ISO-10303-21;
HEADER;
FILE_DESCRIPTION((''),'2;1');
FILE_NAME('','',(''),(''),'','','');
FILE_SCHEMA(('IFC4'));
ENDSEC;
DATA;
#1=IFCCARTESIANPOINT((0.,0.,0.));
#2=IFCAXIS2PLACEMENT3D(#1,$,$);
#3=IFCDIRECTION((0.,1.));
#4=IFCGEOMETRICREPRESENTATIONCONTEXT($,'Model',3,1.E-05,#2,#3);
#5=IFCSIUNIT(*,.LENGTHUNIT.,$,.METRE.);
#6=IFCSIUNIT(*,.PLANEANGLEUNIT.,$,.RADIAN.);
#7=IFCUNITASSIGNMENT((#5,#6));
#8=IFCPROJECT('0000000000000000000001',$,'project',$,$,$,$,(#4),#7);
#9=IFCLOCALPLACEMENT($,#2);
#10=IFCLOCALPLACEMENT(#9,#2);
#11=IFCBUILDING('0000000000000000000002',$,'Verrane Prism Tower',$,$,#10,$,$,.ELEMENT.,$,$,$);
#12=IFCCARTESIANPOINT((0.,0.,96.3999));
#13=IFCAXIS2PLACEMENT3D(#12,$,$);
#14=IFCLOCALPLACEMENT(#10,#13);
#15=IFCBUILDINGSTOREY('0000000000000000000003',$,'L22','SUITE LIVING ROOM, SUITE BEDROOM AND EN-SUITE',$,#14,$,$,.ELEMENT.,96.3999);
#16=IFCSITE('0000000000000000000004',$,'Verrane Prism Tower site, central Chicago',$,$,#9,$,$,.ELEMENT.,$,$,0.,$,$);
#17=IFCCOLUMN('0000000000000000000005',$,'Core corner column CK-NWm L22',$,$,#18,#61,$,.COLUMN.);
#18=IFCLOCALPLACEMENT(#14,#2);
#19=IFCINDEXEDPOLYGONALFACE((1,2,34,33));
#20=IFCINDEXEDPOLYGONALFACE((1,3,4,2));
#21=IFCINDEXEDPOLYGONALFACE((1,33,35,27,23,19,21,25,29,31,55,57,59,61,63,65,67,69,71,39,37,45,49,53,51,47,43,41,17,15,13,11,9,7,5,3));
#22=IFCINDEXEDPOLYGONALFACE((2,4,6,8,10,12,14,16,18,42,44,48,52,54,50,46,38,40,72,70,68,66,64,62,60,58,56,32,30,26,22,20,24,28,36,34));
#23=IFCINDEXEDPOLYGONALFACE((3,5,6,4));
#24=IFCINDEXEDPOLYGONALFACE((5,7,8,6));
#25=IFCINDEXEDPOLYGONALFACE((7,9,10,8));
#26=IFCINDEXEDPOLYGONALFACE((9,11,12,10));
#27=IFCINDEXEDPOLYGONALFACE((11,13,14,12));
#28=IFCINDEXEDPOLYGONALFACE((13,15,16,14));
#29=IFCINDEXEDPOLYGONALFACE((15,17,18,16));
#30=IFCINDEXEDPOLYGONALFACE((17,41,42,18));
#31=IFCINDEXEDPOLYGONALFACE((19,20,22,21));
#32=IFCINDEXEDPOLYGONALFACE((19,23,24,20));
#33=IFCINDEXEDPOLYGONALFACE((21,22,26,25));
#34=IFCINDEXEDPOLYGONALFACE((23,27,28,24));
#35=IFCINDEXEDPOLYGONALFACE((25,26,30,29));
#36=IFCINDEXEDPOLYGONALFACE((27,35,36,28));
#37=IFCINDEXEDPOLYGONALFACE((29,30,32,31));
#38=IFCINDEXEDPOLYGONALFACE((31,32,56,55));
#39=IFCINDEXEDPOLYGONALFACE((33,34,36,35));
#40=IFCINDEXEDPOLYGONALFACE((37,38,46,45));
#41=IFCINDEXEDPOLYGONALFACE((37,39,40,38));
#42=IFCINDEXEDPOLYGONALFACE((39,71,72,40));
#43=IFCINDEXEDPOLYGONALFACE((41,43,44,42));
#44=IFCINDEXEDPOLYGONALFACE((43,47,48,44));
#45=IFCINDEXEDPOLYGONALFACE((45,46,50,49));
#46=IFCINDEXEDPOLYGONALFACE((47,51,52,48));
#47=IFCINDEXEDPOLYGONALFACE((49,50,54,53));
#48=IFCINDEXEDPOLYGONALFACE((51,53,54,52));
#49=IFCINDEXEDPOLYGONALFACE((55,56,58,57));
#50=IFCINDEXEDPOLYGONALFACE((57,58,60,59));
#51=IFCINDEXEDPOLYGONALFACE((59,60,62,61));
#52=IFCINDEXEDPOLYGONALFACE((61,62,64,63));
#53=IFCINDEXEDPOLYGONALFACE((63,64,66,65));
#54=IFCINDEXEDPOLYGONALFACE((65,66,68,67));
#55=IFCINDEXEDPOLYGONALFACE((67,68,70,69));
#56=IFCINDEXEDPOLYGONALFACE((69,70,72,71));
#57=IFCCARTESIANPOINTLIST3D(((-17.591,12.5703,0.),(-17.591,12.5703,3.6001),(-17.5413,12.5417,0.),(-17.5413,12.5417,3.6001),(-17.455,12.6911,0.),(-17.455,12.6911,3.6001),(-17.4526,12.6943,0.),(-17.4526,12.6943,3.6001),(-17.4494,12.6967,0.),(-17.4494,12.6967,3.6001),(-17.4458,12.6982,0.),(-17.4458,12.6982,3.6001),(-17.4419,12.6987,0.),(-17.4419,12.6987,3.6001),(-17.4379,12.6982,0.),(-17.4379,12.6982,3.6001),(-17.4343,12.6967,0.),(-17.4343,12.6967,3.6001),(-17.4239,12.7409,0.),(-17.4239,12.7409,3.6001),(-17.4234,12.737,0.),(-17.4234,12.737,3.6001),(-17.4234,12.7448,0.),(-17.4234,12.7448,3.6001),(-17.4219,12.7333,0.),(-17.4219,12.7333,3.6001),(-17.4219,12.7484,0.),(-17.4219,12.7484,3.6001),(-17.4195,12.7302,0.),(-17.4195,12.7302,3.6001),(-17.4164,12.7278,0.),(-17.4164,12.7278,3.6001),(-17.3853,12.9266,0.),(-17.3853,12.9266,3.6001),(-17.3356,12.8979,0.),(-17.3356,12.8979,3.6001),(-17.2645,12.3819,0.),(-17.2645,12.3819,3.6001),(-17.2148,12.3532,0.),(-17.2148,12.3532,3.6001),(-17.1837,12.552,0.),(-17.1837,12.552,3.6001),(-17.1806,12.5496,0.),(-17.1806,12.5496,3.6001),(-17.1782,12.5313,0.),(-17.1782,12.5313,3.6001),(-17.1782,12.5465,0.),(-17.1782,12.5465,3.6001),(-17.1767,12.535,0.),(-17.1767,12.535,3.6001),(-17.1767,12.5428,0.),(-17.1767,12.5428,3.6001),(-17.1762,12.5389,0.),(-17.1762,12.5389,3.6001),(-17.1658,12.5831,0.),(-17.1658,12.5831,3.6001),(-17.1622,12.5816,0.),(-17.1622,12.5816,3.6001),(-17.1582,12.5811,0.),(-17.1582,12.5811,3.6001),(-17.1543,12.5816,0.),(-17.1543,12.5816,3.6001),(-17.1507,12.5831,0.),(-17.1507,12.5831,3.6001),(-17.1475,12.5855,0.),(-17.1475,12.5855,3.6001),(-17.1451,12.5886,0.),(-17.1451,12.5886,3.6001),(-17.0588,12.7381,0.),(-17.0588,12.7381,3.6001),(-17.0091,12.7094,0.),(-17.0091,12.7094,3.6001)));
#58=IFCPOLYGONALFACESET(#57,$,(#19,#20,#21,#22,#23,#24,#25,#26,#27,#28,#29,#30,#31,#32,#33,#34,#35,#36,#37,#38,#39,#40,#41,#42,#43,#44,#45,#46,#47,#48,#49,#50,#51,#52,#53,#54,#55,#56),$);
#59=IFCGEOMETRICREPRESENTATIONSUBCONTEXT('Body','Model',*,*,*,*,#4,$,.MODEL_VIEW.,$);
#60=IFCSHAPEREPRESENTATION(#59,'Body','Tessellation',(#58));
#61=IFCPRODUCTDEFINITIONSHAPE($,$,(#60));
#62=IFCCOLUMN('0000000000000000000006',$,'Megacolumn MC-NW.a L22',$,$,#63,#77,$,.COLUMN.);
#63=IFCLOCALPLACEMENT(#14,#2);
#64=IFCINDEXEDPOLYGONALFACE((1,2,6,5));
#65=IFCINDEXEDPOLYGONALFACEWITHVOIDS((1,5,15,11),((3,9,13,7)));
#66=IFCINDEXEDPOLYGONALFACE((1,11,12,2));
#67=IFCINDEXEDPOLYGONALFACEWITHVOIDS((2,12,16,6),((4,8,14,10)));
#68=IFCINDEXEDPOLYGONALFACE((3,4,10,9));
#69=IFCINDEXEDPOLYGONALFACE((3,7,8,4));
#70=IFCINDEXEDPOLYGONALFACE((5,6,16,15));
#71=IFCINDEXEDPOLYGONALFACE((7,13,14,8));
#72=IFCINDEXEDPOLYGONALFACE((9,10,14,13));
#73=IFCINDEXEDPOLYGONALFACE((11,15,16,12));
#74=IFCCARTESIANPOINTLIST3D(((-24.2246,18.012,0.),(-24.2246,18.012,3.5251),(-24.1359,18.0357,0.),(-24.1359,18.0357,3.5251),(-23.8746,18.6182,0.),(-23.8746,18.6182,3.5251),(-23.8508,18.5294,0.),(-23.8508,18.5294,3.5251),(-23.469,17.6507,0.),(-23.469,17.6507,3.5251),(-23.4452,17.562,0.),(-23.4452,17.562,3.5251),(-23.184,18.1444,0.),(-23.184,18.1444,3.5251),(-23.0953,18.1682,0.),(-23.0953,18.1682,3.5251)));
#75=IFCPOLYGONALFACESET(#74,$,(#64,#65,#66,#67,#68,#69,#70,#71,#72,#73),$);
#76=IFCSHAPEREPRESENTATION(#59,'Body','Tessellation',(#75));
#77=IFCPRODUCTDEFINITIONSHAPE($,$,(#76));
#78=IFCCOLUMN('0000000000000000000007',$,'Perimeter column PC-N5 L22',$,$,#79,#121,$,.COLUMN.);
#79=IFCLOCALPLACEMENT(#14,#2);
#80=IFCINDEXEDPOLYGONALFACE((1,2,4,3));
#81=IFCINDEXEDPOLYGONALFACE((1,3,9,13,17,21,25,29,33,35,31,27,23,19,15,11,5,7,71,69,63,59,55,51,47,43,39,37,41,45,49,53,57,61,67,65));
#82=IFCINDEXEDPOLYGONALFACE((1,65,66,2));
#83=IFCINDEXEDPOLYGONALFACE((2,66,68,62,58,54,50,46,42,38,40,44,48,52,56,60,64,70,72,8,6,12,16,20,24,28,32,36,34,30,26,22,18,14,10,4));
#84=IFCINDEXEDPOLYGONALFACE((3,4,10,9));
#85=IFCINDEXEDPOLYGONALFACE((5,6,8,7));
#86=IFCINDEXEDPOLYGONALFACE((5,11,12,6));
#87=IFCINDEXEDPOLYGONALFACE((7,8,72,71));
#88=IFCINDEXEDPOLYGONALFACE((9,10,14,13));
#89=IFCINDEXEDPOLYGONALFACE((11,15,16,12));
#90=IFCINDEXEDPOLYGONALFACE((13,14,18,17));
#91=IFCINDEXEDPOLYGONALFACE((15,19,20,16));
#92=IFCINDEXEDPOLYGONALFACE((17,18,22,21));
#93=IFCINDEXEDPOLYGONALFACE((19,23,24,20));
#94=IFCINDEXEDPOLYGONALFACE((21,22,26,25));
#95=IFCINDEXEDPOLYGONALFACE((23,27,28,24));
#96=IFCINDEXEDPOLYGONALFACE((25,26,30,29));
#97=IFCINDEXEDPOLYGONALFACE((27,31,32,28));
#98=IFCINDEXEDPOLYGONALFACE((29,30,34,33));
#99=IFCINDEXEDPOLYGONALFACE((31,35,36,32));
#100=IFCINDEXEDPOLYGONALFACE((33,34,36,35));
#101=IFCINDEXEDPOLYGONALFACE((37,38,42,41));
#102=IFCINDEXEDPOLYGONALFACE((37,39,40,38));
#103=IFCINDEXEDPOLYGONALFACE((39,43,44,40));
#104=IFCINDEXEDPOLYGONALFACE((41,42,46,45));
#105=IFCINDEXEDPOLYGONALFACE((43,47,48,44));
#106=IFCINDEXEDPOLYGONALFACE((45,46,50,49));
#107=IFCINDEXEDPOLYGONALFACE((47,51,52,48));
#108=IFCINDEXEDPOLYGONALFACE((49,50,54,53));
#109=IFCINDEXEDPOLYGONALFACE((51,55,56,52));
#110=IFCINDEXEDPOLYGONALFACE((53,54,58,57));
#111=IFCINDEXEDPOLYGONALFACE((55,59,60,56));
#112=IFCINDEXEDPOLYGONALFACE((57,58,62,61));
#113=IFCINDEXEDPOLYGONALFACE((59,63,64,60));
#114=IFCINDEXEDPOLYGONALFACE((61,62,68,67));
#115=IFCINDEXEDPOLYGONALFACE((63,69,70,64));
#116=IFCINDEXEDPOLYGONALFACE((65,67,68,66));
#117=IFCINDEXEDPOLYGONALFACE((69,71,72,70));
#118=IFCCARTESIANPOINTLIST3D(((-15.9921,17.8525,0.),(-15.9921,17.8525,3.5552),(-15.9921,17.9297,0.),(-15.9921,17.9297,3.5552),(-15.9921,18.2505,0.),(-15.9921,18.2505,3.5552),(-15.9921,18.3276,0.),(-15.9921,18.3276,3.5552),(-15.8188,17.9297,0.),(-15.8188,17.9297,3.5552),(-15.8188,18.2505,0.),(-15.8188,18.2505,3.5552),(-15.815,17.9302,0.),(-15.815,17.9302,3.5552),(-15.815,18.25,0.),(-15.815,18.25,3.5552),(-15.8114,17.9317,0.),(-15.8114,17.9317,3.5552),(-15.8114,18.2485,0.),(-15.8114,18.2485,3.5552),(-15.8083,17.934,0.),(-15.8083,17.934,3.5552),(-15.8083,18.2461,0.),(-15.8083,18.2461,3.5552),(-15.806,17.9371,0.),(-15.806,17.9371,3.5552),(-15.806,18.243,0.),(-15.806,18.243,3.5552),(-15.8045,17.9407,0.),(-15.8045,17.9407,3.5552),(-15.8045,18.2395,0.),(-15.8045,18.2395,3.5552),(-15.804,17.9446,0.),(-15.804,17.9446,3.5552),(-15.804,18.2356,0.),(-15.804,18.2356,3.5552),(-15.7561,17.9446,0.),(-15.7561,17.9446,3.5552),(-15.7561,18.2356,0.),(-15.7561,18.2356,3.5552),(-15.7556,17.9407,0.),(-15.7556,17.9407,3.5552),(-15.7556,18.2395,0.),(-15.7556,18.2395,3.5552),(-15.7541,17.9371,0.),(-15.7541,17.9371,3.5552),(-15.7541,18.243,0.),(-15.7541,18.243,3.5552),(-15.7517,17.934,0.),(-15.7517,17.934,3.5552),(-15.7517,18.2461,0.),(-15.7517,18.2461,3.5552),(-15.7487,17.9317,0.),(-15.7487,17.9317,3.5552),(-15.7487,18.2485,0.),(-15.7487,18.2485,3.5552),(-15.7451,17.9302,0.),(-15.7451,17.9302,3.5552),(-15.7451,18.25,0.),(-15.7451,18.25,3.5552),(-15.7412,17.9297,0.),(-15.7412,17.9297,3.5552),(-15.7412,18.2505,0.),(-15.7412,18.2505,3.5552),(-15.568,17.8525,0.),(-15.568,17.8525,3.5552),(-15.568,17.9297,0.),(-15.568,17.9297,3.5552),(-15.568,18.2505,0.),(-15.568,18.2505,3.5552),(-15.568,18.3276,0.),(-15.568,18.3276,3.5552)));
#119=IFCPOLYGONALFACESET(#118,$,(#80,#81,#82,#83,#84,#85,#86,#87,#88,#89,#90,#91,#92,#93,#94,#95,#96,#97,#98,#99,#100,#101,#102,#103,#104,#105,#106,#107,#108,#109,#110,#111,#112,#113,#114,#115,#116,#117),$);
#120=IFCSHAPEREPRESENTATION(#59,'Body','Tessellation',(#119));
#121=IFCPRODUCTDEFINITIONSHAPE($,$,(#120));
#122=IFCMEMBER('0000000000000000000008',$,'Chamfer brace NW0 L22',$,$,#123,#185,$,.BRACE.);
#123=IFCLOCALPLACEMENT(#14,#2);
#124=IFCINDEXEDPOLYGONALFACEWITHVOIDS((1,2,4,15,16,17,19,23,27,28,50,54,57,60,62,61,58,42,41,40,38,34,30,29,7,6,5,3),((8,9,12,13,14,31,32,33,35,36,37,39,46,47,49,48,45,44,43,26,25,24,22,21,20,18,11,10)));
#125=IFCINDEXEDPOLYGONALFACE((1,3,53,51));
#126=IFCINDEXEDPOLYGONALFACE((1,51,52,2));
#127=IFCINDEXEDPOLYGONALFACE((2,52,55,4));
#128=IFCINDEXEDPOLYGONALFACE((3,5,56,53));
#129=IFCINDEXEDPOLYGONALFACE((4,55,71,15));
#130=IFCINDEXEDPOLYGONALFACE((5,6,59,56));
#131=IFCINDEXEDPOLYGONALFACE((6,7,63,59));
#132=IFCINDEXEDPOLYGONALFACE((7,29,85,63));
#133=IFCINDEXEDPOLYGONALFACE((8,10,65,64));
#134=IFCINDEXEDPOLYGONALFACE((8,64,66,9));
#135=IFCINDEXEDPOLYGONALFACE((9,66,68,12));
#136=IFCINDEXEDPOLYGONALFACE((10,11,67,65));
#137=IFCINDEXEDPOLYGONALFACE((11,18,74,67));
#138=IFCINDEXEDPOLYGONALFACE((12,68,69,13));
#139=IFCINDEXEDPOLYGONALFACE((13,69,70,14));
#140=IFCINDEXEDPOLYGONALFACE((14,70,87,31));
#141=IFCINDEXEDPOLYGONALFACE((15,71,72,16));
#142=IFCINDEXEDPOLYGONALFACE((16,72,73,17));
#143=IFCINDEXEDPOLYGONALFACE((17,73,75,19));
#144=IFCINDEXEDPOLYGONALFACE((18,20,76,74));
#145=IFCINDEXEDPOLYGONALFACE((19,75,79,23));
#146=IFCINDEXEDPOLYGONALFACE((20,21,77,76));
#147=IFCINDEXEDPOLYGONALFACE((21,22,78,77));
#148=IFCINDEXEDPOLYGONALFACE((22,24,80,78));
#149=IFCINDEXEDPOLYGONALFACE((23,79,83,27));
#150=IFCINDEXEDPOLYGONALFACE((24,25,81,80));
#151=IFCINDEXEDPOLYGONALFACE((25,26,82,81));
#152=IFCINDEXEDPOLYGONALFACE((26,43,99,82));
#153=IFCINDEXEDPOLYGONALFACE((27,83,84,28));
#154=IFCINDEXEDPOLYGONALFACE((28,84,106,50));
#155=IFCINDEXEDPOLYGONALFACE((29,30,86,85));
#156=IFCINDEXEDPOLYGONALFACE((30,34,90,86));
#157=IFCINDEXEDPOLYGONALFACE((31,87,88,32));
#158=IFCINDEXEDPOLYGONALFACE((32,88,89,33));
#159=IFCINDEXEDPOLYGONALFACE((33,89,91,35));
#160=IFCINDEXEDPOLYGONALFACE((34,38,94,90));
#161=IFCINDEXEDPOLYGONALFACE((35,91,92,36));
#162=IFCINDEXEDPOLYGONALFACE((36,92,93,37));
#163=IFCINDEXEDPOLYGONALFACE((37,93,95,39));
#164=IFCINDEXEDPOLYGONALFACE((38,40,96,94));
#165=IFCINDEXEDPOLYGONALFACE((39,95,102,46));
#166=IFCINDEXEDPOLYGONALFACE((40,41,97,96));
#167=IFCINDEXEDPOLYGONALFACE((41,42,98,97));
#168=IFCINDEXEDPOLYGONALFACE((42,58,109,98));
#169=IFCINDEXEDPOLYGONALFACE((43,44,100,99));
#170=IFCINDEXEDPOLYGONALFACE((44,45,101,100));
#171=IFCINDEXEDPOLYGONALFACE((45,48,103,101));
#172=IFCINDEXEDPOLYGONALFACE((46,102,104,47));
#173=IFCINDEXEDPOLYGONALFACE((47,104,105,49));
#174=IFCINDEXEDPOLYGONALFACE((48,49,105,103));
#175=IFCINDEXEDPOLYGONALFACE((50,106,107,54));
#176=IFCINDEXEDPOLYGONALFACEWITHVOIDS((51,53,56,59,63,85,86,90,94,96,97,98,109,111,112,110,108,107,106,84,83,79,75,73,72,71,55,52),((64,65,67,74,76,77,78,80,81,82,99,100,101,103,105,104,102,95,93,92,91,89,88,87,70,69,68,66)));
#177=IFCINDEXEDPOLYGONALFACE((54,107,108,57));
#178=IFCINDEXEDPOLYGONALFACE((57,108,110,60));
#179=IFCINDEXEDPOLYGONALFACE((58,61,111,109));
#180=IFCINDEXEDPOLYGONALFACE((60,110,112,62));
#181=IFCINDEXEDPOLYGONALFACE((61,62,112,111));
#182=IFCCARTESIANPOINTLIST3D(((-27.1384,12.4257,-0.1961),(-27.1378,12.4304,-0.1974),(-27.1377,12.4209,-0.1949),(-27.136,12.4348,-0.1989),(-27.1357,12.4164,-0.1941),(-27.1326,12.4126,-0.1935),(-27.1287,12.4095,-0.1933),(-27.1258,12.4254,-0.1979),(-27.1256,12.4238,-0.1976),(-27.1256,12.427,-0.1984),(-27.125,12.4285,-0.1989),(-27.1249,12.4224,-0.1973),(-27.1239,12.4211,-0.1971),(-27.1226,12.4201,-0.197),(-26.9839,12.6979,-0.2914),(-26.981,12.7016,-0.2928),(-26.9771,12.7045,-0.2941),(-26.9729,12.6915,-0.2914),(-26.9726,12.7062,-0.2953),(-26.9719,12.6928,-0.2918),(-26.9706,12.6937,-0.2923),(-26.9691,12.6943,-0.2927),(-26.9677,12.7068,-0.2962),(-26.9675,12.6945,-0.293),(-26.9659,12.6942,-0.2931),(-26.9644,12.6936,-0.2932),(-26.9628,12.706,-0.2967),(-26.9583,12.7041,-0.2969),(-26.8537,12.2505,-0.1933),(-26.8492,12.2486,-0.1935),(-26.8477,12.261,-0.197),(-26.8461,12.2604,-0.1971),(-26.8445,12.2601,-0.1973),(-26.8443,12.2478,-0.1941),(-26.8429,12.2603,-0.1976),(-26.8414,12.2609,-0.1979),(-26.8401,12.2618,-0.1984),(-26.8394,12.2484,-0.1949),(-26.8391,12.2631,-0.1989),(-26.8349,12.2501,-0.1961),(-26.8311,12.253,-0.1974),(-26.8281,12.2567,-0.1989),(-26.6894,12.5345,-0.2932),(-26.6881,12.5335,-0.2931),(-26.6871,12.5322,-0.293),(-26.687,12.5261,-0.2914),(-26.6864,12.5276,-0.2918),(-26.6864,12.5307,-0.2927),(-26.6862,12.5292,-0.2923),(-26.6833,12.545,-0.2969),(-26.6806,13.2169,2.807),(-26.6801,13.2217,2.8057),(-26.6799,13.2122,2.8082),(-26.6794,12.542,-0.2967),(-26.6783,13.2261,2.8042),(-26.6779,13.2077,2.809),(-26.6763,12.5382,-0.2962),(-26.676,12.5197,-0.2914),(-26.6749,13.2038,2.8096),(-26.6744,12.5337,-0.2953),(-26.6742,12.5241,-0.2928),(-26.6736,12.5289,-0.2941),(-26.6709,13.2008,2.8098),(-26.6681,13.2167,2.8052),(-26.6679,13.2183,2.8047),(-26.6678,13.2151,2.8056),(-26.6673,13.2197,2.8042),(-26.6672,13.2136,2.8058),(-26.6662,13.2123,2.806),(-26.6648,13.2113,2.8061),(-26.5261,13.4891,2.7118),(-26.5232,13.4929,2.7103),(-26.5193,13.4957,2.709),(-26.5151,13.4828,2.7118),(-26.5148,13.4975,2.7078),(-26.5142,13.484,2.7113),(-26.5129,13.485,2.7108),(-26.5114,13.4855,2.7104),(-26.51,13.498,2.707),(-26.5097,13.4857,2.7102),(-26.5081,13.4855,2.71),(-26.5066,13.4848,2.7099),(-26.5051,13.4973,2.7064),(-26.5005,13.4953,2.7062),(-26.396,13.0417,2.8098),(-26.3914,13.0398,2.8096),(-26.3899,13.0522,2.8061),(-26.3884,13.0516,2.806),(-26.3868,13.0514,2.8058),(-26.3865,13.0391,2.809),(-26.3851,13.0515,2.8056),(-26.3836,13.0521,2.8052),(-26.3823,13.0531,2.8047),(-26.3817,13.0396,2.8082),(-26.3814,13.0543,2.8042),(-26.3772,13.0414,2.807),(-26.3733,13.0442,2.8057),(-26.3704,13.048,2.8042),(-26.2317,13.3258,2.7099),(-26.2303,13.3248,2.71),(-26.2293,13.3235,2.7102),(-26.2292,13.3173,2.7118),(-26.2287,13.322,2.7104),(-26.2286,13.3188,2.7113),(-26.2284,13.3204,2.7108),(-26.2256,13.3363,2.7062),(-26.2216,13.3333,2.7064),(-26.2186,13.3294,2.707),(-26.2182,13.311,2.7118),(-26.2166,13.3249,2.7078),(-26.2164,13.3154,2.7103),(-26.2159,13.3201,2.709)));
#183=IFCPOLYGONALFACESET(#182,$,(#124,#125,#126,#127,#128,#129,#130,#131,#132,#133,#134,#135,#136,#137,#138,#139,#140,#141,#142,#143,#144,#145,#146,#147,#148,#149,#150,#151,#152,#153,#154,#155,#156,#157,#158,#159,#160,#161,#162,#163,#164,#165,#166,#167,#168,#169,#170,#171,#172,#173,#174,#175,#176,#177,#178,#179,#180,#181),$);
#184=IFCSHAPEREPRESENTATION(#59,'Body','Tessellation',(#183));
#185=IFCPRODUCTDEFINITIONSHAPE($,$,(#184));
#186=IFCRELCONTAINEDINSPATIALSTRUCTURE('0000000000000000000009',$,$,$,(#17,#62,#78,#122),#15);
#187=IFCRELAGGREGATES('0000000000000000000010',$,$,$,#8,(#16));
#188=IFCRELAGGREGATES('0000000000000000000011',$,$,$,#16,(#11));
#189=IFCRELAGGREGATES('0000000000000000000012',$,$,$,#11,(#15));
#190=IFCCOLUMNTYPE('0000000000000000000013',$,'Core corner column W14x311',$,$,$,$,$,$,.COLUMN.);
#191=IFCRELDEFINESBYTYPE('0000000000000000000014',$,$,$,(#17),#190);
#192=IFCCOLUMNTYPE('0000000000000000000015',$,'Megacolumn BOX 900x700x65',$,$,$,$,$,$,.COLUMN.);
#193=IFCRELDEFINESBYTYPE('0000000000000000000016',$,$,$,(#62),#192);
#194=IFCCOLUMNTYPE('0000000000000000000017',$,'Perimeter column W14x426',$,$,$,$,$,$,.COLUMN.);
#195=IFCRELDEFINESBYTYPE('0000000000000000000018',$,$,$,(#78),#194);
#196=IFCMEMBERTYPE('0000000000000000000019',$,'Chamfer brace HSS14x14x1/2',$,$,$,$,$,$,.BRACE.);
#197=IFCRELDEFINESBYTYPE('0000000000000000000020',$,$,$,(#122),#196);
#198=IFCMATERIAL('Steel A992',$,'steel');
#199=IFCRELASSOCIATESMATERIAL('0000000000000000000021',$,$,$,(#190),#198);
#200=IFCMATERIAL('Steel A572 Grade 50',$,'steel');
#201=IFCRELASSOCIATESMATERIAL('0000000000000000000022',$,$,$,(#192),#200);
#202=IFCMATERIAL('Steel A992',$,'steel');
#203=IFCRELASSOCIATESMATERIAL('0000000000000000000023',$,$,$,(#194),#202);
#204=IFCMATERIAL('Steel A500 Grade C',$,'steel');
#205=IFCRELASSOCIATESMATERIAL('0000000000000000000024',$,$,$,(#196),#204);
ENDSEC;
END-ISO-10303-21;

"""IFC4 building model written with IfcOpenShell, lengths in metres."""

from ifc_helpers import new_model, si_unit, direction, frame, origin, origin_2d, place, context, subcontext, project, spatial, hollow_rectangle, i_section, extrude, material, material_profile, profile_set, type_object, element, save


model = new_model("IFC4")

# Units and contexts
model_context = context("Model", 3, precision=1e-05, world=origin(), true_north=direction((0.0, 1.0)))
body_context = subcontext(model_context, "Body", "Model", "MODEL_VIEW")
ifc_project = project(units=[si_unit("LENGTHUNIT", "METRE"), si_unit("PLANEANGLEUNIT", "RADIAN")], contexts=[model_context])

# Site, building, storey
site_placement = place(None, origin())
site = spatial("IfcSite", under=ifc_project, at=site_placement, Name="Verrane Prism Tower site, central Chicago", CompositionType="ELEMENT", RefElevation=0.0)
building_placement = place(site_placement, origin())
building = spatial("IfcBuilding", under=site, at=building_placement, Name="Verrane Prism Tower", CompositionType="ELEMENT")
storey_placement = place(building_placement, frame((0.0, 0.0, 96.3999)))
storey = spatial("IfcBuildingStorey", under=building, at=storey_placement, Name="L22", Description="SUITE LIVING ROOM, SUITE BEDROOM AND EN-SUITE", CompositionType="ELEMENT", Elevation=96.3999)

# Columns
ifc_material_1 = material(Name="Steel A992", Category="steel")
ifc_material_profile_1 = material_profile(ifc_material_1, i_section(OverallWidth=0.4114, OverallDepth=0.4343, WebThickness=0.0359, FlangeThickness=0.0574, FilletRadius=0.0151, at=origin_2d()), Name="W14x311")
ifc_profile_set_1 = profile_set([ifc_material_profile_1], Name="Steel A992")
column_type_1 = type_object("IfcColumnType", Name="Core corner column W14x311", PredefinedType="COLUMN", material=ifc_profile_set_1)
column_1_placement = place(storey_placement, frame((-17.3, 12.6399, 0.0), z_axis=(0.0, 0.0, 1.0), x_axis=(0.5, 0.866025, 0.0)))
element("IfcColumn", 1, at=column_1_placement, inside=storey, type_object=column_type_1, Name="Core corner column CK-NWm L22", PredefinedType="COLUMN", context=body_context, shape_type="SweptSolid", body=[
    extrude(i_section(OverallWidth=0.4114, OverallDepth=0.4343, WebThickness=0.0359, FlangeThickness=0.0574, FilletRadius=0.0151, at=origin_2d()), origin(), (0.0, 0.0, 1.0), 3.6001),
])
ifc_material_2 = material(Name="Steel A572 Grade 50", Category="steel")
ifc_material_profile_2 = material_profile(ifc_material_2, hollow_rectangle(XDim=0.7, YDim=0.8999, WallThickness=0.0649, at=origin_2d()), Name="BOX 900x700x65")
ifc_profile_set_2 = profile_set([ifc_material_profile_2], Name="Steel A572 Grade 50")
column_type_2 = type_object("IfcColumnType", Name="Megacolumn BOX 900x700x65", PredefinedType="COLUMN", material=ifc_profile_set_2)
column_2_placement = place(storey_placement, frame((-23.6599, 18.0901, 0.0), z_axis=(0.0, 0.0, 1.0), x_axis=(0.5, 0.866025, 0.0)))
element("IfcColumn", 2, at=column_2_placement, inside=storey, type_object=column_type_2, Name="Megacolumn MC-NW.a L22", PredefinedType="COLUMN", context=body_context, shape_type="SweptSolid", body=[
    extrude(hollow_rectangle(XDim=0.7, YDim=0.8999, WallThickness=0.0649, at=origin_2d()), origin(), (0.0, 0.0, 1.0), 3.5251),
])
ifc_material_3 = material(Name="Steel A992", Category="steel")
ifc_material_profile_3 = material_profile(ifc_material_3, i_section(OverallWidth=0.4241, OverallDepth=0.4751, WebThickness=0.0479, FlangeThickness=0.0771, FilletRadius=0.0149, at=origin_2d()), Name="W14x426")
ifc_profile_set_3 = profile_set([ifc_material_profile_3], Name="Steel A992")
column_type_3 = type_object("IfcColumnType", Name="Perimeter column W14x426", PredefinedType="COLUMN", material=ifc_profile_set_3)
column_3_placement = place(storey_placement, frame((-15.78, 18.0901, 0.0), z_axis=(0.0, 0.0, 1.0), x_axis=(1.0, 0.0, 0.0)))
element("IfcColumn", 3, at=column_3_placement, inside=storey, type_object=column_type_3, Name="Perimeter column PC-N5 L22", PredefinedType="COLUMN", context=body_context, shape_type="SweptSolid", body=[
    extrude(i_section(OverallWidth=0.4241, OverallDepth=0.4751, WebThickness=0.0479, FlangeThickness=0.0771, FilletRadius=0.0149, at=origin_2d()), origin(), (0.0, 0.0, 1.0), 3.5552),
])

# Member
ifc_material_4 = material(Name="Steel A500 Grade C", Category="steel")
ifc_material_profile_4 = material_profile(ifc_material_4, hollow_rectangle(XDim=0.3557, YDim=0.3557, WallThickness=0.0127, InnerFilletRadius=0.0063, OuterFilletRadius=0.019, at=origin_2d()), Name="HSS14x14x1/2")
ifc_profile_set_4 = profile_set([ifc_material_profile_4], Name="Steel A500 Grade C")
member_type_1 = type_object("IfcMemberType", Name="Chamfer brace HSS14x14x1/2", PredefinedType="BRACE", material=ifc_profile_set_4)
member_1_placement = place(storey_placement, frame((-26.906, 12.4773, -0.2451), z_axis=(0.145821, 0.252056, 0.956663), x_axis=(-0.865585, 0.500763, 0.0)))
element("IfcMember", 4, at=member_1_placement, inside=storey, type_object=member_type_1, Name="Chamfer brace NW0 L22", PredefinedType="BRACE", context=body_context, shape_type="SweptSolid", body=[
    extrude(hollow_rectangle(XDim=0.3557, YDim=0.3557, WallThickness=0.0127, InnerFilletRadius=0.0063, OuterFilletRadius=0.019, at=origin_2d()), origin(), (0.0, 0.0, 1.0), 3.1392),
])

save(model, "model.ifc")
